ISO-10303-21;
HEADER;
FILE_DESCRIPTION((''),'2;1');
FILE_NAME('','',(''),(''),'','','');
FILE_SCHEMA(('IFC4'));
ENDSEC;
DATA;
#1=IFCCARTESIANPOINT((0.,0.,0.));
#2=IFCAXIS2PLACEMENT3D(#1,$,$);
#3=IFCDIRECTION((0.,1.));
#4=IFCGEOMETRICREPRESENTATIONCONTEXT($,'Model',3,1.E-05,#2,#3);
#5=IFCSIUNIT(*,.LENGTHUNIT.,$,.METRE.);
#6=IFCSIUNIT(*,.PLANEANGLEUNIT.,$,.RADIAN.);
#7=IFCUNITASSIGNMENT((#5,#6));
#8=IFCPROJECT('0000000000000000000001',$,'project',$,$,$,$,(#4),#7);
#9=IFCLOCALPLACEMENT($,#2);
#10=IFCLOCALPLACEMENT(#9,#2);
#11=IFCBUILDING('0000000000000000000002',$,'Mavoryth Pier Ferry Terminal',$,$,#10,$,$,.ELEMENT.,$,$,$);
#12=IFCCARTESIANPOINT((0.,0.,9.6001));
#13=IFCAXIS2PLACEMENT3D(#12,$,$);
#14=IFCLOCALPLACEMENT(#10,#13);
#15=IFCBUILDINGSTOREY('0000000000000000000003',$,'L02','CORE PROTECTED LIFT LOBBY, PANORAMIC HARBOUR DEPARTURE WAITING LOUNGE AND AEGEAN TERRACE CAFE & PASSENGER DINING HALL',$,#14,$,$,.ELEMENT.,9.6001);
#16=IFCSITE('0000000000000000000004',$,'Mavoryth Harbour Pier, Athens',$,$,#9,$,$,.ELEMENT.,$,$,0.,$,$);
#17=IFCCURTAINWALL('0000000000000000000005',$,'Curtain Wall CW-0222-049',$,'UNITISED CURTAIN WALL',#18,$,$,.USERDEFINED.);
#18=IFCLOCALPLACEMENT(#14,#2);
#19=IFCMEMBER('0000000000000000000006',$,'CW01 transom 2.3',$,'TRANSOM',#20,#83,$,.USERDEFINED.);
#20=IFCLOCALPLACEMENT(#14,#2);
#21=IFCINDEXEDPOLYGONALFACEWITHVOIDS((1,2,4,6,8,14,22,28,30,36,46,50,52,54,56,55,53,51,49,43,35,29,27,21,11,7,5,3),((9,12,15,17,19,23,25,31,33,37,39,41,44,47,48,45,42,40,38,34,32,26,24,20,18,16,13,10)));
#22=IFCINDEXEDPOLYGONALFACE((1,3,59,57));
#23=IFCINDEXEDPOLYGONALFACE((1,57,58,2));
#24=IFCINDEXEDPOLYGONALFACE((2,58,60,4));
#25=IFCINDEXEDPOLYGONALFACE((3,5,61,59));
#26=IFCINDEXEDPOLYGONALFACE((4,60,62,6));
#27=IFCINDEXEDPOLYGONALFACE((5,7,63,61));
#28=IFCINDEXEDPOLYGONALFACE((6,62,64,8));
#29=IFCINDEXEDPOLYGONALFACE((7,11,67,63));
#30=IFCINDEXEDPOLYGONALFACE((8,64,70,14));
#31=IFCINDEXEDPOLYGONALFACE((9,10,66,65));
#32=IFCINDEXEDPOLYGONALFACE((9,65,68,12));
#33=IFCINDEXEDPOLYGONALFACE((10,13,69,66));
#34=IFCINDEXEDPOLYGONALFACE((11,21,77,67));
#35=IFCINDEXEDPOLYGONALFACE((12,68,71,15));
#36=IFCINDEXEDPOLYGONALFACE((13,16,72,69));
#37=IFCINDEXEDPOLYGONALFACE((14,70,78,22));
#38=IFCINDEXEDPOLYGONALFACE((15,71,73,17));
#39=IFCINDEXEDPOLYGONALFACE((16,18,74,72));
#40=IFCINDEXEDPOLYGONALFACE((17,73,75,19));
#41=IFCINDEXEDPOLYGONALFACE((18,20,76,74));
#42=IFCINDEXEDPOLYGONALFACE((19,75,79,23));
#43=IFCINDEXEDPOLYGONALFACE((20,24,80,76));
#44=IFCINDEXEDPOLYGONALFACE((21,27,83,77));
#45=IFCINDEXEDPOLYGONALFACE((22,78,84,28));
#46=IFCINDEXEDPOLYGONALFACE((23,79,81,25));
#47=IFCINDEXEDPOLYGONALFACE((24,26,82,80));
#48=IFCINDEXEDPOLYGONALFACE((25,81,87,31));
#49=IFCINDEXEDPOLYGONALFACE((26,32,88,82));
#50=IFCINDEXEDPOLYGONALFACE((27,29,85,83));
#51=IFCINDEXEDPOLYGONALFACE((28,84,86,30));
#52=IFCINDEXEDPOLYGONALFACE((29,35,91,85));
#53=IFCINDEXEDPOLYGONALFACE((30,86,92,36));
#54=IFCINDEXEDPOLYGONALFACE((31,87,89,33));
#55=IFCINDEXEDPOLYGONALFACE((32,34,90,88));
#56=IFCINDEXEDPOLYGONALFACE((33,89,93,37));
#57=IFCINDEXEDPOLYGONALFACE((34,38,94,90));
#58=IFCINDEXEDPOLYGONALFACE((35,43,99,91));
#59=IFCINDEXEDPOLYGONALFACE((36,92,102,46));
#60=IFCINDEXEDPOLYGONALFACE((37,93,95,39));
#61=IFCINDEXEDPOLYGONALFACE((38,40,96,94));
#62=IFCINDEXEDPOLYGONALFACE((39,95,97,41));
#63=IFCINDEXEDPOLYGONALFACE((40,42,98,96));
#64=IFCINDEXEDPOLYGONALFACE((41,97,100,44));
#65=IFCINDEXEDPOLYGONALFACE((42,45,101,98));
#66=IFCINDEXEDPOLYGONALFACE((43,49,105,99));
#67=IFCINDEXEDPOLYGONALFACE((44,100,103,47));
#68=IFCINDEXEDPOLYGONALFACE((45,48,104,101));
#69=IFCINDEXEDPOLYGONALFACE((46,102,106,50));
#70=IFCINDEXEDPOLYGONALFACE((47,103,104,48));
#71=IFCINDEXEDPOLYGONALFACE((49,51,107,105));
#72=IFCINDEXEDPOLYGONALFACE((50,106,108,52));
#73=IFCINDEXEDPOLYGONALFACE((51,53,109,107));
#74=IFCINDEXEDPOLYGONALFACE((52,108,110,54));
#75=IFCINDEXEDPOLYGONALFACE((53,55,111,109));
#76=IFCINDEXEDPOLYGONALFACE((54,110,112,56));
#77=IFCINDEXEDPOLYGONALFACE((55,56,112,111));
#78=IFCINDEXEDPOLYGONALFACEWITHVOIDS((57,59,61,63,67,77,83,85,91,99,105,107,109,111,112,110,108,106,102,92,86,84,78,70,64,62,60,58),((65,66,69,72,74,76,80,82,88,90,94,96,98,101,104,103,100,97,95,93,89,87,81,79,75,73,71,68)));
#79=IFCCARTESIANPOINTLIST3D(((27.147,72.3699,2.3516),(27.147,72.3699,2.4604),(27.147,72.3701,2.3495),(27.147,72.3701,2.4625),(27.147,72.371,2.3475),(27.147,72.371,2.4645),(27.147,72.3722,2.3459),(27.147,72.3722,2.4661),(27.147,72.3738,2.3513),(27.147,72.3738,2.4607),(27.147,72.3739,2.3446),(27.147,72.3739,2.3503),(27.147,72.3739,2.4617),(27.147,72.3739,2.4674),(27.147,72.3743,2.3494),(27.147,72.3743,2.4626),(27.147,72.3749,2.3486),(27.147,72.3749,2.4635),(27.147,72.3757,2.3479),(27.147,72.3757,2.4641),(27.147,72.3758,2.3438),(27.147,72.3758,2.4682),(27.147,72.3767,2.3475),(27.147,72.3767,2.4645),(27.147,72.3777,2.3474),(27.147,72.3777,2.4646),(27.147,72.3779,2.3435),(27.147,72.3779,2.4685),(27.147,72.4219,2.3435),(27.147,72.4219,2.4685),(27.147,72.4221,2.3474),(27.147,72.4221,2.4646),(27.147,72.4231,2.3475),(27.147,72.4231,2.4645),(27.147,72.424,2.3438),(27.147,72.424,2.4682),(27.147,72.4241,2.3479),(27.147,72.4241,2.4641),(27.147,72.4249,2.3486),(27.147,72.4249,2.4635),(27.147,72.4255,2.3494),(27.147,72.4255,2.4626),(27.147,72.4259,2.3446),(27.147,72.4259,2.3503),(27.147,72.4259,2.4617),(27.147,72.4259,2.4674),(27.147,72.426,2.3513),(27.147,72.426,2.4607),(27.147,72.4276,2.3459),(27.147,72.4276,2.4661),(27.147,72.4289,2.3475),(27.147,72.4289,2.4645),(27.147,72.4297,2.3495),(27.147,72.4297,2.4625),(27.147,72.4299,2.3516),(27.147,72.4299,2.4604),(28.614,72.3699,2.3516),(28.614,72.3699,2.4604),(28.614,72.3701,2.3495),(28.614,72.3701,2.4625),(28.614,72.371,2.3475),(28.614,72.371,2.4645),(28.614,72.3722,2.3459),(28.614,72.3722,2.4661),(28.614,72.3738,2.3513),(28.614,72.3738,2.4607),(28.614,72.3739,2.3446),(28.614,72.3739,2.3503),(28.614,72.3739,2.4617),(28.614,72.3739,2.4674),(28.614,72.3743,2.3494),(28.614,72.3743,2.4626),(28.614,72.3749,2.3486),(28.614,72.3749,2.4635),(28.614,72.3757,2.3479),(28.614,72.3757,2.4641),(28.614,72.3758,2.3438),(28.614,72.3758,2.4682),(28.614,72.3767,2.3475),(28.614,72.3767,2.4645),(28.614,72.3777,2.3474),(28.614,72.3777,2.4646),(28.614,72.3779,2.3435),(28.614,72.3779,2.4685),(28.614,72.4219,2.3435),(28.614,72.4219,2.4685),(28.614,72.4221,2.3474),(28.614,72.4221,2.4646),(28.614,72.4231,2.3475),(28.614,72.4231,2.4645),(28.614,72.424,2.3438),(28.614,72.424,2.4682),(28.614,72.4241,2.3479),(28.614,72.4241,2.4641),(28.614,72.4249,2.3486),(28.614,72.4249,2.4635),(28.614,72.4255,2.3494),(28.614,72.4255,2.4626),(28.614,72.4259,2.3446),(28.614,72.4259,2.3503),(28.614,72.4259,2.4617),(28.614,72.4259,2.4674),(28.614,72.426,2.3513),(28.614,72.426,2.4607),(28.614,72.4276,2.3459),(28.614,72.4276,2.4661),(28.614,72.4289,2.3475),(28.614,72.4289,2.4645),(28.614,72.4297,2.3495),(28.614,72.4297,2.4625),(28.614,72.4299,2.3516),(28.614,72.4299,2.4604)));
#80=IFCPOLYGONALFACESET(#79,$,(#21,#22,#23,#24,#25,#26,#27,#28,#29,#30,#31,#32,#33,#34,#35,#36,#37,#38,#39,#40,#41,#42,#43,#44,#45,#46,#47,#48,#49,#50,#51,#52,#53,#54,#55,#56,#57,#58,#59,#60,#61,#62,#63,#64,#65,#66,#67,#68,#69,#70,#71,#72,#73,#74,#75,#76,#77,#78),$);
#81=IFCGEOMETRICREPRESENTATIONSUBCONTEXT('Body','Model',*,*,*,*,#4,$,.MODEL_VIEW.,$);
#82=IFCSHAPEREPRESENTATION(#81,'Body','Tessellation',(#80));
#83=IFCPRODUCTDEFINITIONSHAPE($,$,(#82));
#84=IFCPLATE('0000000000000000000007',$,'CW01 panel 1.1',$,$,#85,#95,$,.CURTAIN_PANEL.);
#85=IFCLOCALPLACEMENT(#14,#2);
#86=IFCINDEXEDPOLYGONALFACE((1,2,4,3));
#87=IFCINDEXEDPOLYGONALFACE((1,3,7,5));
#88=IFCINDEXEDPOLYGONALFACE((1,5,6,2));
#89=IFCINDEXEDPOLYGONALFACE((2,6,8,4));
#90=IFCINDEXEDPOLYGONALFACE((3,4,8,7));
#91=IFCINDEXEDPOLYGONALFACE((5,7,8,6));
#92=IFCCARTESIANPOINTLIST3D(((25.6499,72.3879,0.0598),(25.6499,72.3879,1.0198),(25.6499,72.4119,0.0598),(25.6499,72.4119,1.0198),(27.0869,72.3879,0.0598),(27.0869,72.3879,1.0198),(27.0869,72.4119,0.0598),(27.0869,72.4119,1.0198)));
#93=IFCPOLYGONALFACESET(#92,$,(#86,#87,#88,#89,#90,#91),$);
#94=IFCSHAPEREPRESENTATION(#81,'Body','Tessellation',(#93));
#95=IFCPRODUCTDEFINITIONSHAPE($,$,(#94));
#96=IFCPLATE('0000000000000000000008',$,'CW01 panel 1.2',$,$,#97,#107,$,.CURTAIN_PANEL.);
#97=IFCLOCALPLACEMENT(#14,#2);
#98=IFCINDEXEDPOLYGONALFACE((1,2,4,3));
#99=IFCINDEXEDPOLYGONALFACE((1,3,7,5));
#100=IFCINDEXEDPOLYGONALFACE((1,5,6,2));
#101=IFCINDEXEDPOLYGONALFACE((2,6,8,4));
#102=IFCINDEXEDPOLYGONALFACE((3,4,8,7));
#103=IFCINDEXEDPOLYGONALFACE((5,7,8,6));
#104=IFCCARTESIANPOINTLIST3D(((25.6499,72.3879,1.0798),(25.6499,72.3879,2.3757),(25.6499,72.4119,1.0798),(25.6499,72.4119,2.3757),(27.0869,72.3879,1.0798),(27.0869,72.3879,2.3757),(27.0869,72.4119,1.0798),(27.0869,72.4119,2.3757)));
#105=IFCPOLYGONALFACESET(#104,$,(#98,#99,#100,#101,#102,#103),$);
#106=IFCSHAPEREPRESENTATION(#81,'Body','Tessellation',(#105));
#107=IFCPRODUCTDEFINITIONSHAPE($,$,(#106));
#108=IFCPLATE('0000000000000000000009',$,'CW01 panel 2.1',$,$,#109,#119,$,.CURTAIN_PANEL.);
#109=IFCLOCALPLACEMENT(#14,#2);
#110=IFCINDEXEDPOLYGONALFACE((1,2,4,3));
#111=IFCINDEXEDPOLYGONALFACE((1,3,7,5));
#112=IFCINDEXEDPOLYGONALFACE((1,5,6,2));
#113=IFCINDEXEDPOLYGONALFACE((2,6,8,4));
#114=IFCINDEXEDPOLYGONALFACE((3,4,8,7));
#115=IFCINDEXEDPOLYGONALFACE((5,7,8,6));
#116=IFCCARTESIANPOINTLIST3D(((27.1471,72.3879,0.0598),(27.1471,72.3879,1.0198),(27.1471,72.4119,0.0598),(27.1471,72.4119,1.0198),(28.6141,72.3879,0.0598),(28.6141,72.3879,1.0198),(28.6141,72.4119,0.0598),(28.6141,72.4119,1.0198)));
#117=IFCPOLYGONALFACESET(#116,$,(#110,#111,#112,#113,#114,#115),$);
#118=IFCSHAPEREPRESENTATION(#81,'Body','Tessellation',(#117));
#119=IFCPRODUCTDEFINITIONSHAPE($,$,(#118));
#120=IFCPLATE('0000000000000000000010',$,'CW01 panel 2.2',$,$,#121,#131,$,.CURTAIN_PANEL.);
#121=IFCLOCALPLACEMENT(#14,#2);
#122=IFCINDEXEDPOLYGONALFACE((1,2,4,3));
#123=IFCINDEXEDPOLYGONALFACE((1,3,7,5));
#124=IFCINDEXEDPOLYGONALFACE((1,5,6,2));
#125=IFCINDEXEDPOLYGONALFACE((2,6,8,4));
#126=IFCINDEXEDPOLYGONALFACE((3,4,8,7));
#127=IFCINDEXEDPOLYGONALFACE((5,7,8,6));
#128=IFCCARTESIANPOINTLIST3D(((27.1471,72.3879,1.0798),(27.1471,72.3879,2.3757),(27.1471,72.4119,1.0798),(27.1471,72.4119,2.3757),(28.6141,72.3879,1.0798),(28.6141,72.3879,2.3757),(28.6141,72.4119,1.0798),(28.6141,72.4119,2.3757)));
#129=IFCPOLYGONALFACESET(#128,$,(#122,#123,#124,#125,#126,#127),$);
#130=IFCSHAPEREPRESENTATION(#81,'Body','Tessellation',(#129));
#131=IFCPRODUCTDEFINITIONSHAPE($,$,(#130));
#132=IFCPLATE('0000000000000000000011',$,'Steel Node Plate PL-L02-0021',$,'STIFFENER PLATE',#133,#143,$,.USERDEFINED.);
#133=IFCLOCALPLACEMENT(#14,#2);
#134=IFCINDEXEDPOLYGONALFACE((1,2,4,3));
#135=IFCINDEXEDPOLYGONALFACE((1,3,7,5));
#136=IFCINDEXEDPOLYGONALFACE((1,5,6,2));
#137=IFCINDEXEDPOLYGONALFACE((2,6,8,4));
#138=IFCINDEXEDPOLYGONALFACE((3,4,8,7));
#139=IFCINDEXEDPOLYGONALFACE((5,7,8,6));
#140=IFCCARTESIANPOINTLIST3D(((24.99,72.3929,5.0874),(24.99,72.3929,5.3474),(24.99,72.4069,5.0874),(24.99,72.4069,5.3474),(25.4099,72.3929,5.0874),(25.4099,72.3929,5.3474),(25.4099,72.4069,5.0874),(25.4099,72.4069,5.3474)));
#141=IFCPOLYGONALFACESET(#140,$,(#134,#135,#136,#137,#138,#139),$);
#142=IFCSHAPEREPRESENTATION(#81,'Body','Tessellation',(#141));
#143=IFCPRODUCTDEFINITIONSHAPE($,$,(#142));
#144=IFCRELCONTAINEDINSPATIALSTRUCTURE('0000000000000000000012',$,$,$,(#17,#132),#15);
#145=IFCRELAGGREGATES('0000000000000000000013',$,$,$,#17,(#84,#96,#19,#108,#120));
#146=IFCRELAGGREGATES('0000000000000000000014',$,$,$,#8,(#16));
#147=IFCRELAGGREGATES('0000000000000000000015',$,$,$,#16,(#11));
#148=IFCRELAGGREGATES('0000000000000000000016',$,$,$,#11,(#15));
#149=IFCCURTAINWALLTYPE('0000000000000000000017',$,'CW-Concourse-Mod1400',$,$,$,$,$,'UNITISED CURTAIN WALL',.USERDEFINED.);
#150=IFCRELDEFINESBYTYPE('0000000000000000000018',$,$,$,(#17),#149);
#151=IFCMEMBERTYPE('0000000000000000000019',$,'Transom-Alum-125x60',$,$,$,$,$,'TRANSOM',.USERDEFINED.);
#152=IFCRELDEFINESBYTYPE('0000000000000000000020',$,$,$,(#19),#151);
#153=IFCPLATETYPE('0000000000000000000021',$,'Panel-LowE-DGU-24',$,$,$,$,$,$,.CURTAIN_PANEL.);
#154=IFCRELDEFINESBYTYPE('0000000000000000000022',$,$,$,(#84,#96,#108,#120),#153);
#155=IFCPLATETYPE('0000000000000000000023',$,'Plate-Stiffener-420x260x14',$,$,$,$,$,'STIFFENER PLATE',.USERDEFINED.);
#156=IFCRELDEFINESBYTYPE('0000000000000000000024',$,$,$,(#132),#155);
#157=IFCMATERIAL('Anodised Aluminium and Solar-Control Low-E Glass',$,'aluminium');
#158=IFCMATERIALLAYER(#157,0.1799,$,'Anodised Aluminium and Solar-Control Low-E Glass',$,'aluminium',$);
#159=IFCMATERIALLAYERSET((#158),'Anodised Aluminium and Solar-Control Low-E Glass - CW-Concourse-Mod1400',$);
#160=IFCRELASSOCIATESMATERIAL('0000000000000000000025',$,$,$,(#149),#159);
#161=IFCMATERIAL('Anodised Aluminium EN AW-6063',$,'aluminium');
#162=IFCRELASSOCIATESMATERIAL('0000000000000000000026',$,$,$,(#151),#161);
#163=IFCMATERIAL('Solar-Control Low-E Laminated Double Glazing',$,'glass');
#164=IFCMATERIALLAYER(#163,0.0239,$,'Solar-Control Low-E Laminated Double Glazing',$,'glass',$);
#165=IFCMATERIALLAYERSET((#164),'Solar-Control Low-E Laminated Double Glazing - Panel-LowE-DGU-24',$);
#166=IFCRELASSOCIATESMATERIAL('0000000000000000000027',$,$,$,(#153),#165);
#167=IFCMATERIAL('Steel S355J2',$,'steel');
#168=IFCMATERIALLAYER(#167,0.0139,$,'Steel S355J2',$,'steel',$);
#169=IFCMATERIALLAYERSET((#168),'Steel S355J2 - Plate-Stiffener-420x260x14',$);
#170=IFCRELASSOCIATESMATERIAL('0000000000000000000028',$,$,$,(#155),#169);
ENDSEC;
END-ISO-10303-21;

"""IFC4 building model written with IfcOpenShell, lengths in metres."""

from ifc_helpers import new_model, si_unit, direction, frame, origin, origin_2d, place, context, subcontext, project, spatial, rectangle, hollow_rectangle, extrude, material, layer, layer_set, material_profile, profile_set, type_object, element, aggregate, save


model = new_model("IFC4")

# Units and contexts
model_context = context("Model", 3, precision=1e-05, world=origin(), true_north=direction((0.0, 1.0)))
body_context = subcontext(model_context, "Body", "Model", "MODEL_VIEW")
ifc_project = project(units=[si_unit("LENGTHUNIT", "METRE"), si_unit("PLANEANGLEUNIT", "RADIAN")], contexts=[model_context])

# Site, building, storey
site_placement = place(None, origin())
site = spatial("IfcSite", under=ifc_project, at=site_placement, Name="Mavoryth Harbour Pier, Athens", CompositionType="ELEMENT", RefElevation=0.0)
building_placement = place(site_placement, origin())
building = spatial("IfcBuilding", under=site, at=building_placement, Name="Mavoryth Pier Ferry Terminal", CompositionType="ELEMENT")
storey_placement = place(building_placement, frame((0.0, 0.0, 9.6001)))
storey = spatial("IfcBuildingStorey", under=building, at=storey_placement, Name="L02", Description="CORE PROTECTED LIFT LOBBY, PANORAMIC HARBOUR DEPARTURE WAITING LOUNGE AND AEGEAN TERRACE CAFE & PASSENGER DINING HALL", CompositionType="ELEMENT", Elevation=9.6001)

# Shared definitions
ifc_material_1 = material(Name="Steel S355J2", Category="steel")

# Shared definitions
ifc_material_2 = material(Name="Anodised Aluminium and Solar-Control Low-E Glass", Category="aluminium")
ifc_layer_1 = layer(ifc_material_2, 0.1799, Name="Anodised Aluminium and Solar-Control Low-E Glass", Category="aluminium")
ifc_layer_set_1 = layer_set([ifc_layer_1], Name="Anodised Aluminium and Solar-Control Low-E Glass - CW-Concourse-Mod1400")
curtain_wall_type = type_object("IfcCurtainWallType", Name="CW-Concourse-Mod1400", ElementType="UNITISED CURTAIN WALL", PredefinedType="USERDEFINED", material=ifc_layer_set_1)
ifc_material_3 = material(Name="Anodised Aluminium EN AW-6063", Category="aluminium")

# Curtain wall
curtain_wall_1_placement = place(storey_placement, origin())
curtain_wall_1 = element("IfcCurtainWall", 1, at=curtain_wall_1_placement, inside=storey, type_object=curtain_wall_type, Name="Curtain Wall CW-0222-049", ObjectType="UNITISED CURTAIN WALL", PredefinedType="USERDEFINED")

# Member
ifc_material_profile_1 = material_profile(ifc_material_3, hollow_rectangle(XDim=0.0601, YDim=0.125, WallThickness=0.0039, InnerFilletRadius=0.0039, OuterFilletRadius=0.0081, at=origin_2d()), Name="AL-TRAN 125x60x4", Category="aluminium")
ifc_profile_set_1 = profile_set([ifc_material_profile_1], Name="Anodised Aluminium EN AW-6063 - AL-TRAN 125x60x4")
member_type_1 = type_object("IfcMemberType", Name="Transom-Alum-125x60", ElementType="TRANSOM", PredefinedType="USERDEFINED", material=ifc_profile_set_1)
member_1_placement = place(storey_placement, frame((27.147, 72.3999, 2.406), z_axis=(1.0, 0.0, 0.0), x_axis=(0.0, 1.0, 0.0)))
member_1 = element("IfcMember", 2, at=member_1_placement, type_object=member_type_1, Name="CW01 transom 2.3", ObjectType="TRANSOM", PredefinedType="USERDEFINED", context=body_context, shape_type="SweptSolid", body=[
    extrude(hollow_rectangle(XDim=0.0601, YDim=0.125, WallThickness=0.0039, InnerFilletRadius=0.0039, OuterFilletRadius=0.0081, at=origin_2d()), origin(), (0.0, 0.0, 1.0), 1.467),
])

# Plates
ifc_material_4 = material(Name="Solar-Control Low-E Laminated Double Glazing", Category="glass")
ifc_layer_2 = layer(ifc_material_4, 0.0239, Name="Solar-Control Low-E Laminated Double Glazing", Category="glass")
ifc_layer_set_2 = layer_set([ifc_layer_2], Name="Solar-Control Low-E Laminated Double Glazing - Panel-LowE-DGU-24")
plate_type_1 = type_object("IfcPlateType", Name="Panel-LowE-DGU-24", PredefinedType="CURTAIN_PANEL", material=ifc_layer_set_2)
plate_1_placement = place(storey_placement, frame((26.3684, 72.3999, 0.0598), z_axis=(0.0, 0.0, 1.0), x_axis=(1.0, 0.0, 0.0)))
plate_1 = element("IfcPlate", 3, at=plate_1_placement, type_object=plate_type_1, Name="CW01 panel 1.1", PredefinedType="CURTAIN_PANEL", context=body_context, shape_type="SweptSolid", body=[
    extrude(rectangle(XDim=1.437, YDim=0.0239, at=origin_2d()), origin(), (0.0, 0.0, 1.0), 0.96),
])
plate_2_placement = place(storey_placement, frame((26.3684, 72.3999, 1.0798), z_axis=(0.0, 0.0, 1.0), x_axis=(1.0, 0.0, 0.0)))
plate_2 = element("IfcPlate", 4, at=plate_2_placement, type_object=plate_type_1, Name="CW01 panel 1.2", PredefinedType="CURTAIN_PANEL", context=body_context, shape_type="SweptSolid", body=[
    extrude(rectangle(XDim=1.437, YDim=0.0239, at=origin_2d()), origin(), (0.0, 0.0, 1.0), 1.2959),
])
plate_3_placement = place(storey_placement, frame((27.8806, 72.3999, 0.0598), z_axis=(0.0, 0.0, 1.0), x_axis=(1.0, 0.0, 0.0)))
plate_3 = element("IfcPlate", 5, at=plate_3_placement, type_object=plate_type_1, Name="CW01 panel 2.1", PredefinedType="CURTAIN_PANEL", context=body_context, shape_type="SweptSolid", body=[
    extrude(rectangle(XDim=1.467, YDim=0.0239, at=origin_2d()), origin(), (0.0, 0.0, 1.0), 0.96),
])
plate_4_placement = place(storey_placement, frame((27.8806, 72.3999, 1.0798), z_axis=(0.0, 0.0, 1.0), x_axis=(1.0, 0.0, 0.0)))
plate_4 = element("IfcPlate", 6, at=plate_4_placement, type_object=plate_type_1, Name="CW01 panel 2.2", PredefinedType="CURTAIN_PANEL", context=body_context, shape_type="SweptSolid", body=[
    extrude(rectangle(XDim=1.467, YDim=0.0239, at=origin_2d()), origin(), (0.0, 0.0, 1.0), 1.2959),
])
aggregate(curtain_wall_1, [plate_1, plate_2, member_1, plate_3, plate_4])
ifc_layer_3 = layer(ifc_material_1, 0.0139, Name="Steel S355J2", Category="steel")
ifc_layer_set_3 = layer_set([ifc_layer_3], Name="Steel S355J2 - Plate-Stiffener-420x260x14")
plate_type_2 = type_object("IfcPlateType", Name="Plate-Stiffener-420x260x14", ElementType="STIFFENER PLATE", PredefinedType="USERDEFINED", material=ifc_layer_set_3)
plate_5_placement = place(storey_placement, frame((25.2, 72.3999, 5.0874), z_axis=(0.0, 0.0, 1.0), x_axis=(1.0, 0.0, 0.0)))
element("IfcPlate", 7, at=plate_5_placement, inside=storey, type_object=plate_type_2, Name="Steel Node Plate PL-L02-0021", ObjectType="STIFFENER PLATE", PredefinedType="USERDEFINED", context=body_context, shape_type="SweptSolid", body=[
    extrude(rectangle(XDim=0.4199, YDim=0.0139, at=origin_2d()), origin(), (0.0, 0.0, 1.0), 0.26),
])

save(model, "model.ifc")
